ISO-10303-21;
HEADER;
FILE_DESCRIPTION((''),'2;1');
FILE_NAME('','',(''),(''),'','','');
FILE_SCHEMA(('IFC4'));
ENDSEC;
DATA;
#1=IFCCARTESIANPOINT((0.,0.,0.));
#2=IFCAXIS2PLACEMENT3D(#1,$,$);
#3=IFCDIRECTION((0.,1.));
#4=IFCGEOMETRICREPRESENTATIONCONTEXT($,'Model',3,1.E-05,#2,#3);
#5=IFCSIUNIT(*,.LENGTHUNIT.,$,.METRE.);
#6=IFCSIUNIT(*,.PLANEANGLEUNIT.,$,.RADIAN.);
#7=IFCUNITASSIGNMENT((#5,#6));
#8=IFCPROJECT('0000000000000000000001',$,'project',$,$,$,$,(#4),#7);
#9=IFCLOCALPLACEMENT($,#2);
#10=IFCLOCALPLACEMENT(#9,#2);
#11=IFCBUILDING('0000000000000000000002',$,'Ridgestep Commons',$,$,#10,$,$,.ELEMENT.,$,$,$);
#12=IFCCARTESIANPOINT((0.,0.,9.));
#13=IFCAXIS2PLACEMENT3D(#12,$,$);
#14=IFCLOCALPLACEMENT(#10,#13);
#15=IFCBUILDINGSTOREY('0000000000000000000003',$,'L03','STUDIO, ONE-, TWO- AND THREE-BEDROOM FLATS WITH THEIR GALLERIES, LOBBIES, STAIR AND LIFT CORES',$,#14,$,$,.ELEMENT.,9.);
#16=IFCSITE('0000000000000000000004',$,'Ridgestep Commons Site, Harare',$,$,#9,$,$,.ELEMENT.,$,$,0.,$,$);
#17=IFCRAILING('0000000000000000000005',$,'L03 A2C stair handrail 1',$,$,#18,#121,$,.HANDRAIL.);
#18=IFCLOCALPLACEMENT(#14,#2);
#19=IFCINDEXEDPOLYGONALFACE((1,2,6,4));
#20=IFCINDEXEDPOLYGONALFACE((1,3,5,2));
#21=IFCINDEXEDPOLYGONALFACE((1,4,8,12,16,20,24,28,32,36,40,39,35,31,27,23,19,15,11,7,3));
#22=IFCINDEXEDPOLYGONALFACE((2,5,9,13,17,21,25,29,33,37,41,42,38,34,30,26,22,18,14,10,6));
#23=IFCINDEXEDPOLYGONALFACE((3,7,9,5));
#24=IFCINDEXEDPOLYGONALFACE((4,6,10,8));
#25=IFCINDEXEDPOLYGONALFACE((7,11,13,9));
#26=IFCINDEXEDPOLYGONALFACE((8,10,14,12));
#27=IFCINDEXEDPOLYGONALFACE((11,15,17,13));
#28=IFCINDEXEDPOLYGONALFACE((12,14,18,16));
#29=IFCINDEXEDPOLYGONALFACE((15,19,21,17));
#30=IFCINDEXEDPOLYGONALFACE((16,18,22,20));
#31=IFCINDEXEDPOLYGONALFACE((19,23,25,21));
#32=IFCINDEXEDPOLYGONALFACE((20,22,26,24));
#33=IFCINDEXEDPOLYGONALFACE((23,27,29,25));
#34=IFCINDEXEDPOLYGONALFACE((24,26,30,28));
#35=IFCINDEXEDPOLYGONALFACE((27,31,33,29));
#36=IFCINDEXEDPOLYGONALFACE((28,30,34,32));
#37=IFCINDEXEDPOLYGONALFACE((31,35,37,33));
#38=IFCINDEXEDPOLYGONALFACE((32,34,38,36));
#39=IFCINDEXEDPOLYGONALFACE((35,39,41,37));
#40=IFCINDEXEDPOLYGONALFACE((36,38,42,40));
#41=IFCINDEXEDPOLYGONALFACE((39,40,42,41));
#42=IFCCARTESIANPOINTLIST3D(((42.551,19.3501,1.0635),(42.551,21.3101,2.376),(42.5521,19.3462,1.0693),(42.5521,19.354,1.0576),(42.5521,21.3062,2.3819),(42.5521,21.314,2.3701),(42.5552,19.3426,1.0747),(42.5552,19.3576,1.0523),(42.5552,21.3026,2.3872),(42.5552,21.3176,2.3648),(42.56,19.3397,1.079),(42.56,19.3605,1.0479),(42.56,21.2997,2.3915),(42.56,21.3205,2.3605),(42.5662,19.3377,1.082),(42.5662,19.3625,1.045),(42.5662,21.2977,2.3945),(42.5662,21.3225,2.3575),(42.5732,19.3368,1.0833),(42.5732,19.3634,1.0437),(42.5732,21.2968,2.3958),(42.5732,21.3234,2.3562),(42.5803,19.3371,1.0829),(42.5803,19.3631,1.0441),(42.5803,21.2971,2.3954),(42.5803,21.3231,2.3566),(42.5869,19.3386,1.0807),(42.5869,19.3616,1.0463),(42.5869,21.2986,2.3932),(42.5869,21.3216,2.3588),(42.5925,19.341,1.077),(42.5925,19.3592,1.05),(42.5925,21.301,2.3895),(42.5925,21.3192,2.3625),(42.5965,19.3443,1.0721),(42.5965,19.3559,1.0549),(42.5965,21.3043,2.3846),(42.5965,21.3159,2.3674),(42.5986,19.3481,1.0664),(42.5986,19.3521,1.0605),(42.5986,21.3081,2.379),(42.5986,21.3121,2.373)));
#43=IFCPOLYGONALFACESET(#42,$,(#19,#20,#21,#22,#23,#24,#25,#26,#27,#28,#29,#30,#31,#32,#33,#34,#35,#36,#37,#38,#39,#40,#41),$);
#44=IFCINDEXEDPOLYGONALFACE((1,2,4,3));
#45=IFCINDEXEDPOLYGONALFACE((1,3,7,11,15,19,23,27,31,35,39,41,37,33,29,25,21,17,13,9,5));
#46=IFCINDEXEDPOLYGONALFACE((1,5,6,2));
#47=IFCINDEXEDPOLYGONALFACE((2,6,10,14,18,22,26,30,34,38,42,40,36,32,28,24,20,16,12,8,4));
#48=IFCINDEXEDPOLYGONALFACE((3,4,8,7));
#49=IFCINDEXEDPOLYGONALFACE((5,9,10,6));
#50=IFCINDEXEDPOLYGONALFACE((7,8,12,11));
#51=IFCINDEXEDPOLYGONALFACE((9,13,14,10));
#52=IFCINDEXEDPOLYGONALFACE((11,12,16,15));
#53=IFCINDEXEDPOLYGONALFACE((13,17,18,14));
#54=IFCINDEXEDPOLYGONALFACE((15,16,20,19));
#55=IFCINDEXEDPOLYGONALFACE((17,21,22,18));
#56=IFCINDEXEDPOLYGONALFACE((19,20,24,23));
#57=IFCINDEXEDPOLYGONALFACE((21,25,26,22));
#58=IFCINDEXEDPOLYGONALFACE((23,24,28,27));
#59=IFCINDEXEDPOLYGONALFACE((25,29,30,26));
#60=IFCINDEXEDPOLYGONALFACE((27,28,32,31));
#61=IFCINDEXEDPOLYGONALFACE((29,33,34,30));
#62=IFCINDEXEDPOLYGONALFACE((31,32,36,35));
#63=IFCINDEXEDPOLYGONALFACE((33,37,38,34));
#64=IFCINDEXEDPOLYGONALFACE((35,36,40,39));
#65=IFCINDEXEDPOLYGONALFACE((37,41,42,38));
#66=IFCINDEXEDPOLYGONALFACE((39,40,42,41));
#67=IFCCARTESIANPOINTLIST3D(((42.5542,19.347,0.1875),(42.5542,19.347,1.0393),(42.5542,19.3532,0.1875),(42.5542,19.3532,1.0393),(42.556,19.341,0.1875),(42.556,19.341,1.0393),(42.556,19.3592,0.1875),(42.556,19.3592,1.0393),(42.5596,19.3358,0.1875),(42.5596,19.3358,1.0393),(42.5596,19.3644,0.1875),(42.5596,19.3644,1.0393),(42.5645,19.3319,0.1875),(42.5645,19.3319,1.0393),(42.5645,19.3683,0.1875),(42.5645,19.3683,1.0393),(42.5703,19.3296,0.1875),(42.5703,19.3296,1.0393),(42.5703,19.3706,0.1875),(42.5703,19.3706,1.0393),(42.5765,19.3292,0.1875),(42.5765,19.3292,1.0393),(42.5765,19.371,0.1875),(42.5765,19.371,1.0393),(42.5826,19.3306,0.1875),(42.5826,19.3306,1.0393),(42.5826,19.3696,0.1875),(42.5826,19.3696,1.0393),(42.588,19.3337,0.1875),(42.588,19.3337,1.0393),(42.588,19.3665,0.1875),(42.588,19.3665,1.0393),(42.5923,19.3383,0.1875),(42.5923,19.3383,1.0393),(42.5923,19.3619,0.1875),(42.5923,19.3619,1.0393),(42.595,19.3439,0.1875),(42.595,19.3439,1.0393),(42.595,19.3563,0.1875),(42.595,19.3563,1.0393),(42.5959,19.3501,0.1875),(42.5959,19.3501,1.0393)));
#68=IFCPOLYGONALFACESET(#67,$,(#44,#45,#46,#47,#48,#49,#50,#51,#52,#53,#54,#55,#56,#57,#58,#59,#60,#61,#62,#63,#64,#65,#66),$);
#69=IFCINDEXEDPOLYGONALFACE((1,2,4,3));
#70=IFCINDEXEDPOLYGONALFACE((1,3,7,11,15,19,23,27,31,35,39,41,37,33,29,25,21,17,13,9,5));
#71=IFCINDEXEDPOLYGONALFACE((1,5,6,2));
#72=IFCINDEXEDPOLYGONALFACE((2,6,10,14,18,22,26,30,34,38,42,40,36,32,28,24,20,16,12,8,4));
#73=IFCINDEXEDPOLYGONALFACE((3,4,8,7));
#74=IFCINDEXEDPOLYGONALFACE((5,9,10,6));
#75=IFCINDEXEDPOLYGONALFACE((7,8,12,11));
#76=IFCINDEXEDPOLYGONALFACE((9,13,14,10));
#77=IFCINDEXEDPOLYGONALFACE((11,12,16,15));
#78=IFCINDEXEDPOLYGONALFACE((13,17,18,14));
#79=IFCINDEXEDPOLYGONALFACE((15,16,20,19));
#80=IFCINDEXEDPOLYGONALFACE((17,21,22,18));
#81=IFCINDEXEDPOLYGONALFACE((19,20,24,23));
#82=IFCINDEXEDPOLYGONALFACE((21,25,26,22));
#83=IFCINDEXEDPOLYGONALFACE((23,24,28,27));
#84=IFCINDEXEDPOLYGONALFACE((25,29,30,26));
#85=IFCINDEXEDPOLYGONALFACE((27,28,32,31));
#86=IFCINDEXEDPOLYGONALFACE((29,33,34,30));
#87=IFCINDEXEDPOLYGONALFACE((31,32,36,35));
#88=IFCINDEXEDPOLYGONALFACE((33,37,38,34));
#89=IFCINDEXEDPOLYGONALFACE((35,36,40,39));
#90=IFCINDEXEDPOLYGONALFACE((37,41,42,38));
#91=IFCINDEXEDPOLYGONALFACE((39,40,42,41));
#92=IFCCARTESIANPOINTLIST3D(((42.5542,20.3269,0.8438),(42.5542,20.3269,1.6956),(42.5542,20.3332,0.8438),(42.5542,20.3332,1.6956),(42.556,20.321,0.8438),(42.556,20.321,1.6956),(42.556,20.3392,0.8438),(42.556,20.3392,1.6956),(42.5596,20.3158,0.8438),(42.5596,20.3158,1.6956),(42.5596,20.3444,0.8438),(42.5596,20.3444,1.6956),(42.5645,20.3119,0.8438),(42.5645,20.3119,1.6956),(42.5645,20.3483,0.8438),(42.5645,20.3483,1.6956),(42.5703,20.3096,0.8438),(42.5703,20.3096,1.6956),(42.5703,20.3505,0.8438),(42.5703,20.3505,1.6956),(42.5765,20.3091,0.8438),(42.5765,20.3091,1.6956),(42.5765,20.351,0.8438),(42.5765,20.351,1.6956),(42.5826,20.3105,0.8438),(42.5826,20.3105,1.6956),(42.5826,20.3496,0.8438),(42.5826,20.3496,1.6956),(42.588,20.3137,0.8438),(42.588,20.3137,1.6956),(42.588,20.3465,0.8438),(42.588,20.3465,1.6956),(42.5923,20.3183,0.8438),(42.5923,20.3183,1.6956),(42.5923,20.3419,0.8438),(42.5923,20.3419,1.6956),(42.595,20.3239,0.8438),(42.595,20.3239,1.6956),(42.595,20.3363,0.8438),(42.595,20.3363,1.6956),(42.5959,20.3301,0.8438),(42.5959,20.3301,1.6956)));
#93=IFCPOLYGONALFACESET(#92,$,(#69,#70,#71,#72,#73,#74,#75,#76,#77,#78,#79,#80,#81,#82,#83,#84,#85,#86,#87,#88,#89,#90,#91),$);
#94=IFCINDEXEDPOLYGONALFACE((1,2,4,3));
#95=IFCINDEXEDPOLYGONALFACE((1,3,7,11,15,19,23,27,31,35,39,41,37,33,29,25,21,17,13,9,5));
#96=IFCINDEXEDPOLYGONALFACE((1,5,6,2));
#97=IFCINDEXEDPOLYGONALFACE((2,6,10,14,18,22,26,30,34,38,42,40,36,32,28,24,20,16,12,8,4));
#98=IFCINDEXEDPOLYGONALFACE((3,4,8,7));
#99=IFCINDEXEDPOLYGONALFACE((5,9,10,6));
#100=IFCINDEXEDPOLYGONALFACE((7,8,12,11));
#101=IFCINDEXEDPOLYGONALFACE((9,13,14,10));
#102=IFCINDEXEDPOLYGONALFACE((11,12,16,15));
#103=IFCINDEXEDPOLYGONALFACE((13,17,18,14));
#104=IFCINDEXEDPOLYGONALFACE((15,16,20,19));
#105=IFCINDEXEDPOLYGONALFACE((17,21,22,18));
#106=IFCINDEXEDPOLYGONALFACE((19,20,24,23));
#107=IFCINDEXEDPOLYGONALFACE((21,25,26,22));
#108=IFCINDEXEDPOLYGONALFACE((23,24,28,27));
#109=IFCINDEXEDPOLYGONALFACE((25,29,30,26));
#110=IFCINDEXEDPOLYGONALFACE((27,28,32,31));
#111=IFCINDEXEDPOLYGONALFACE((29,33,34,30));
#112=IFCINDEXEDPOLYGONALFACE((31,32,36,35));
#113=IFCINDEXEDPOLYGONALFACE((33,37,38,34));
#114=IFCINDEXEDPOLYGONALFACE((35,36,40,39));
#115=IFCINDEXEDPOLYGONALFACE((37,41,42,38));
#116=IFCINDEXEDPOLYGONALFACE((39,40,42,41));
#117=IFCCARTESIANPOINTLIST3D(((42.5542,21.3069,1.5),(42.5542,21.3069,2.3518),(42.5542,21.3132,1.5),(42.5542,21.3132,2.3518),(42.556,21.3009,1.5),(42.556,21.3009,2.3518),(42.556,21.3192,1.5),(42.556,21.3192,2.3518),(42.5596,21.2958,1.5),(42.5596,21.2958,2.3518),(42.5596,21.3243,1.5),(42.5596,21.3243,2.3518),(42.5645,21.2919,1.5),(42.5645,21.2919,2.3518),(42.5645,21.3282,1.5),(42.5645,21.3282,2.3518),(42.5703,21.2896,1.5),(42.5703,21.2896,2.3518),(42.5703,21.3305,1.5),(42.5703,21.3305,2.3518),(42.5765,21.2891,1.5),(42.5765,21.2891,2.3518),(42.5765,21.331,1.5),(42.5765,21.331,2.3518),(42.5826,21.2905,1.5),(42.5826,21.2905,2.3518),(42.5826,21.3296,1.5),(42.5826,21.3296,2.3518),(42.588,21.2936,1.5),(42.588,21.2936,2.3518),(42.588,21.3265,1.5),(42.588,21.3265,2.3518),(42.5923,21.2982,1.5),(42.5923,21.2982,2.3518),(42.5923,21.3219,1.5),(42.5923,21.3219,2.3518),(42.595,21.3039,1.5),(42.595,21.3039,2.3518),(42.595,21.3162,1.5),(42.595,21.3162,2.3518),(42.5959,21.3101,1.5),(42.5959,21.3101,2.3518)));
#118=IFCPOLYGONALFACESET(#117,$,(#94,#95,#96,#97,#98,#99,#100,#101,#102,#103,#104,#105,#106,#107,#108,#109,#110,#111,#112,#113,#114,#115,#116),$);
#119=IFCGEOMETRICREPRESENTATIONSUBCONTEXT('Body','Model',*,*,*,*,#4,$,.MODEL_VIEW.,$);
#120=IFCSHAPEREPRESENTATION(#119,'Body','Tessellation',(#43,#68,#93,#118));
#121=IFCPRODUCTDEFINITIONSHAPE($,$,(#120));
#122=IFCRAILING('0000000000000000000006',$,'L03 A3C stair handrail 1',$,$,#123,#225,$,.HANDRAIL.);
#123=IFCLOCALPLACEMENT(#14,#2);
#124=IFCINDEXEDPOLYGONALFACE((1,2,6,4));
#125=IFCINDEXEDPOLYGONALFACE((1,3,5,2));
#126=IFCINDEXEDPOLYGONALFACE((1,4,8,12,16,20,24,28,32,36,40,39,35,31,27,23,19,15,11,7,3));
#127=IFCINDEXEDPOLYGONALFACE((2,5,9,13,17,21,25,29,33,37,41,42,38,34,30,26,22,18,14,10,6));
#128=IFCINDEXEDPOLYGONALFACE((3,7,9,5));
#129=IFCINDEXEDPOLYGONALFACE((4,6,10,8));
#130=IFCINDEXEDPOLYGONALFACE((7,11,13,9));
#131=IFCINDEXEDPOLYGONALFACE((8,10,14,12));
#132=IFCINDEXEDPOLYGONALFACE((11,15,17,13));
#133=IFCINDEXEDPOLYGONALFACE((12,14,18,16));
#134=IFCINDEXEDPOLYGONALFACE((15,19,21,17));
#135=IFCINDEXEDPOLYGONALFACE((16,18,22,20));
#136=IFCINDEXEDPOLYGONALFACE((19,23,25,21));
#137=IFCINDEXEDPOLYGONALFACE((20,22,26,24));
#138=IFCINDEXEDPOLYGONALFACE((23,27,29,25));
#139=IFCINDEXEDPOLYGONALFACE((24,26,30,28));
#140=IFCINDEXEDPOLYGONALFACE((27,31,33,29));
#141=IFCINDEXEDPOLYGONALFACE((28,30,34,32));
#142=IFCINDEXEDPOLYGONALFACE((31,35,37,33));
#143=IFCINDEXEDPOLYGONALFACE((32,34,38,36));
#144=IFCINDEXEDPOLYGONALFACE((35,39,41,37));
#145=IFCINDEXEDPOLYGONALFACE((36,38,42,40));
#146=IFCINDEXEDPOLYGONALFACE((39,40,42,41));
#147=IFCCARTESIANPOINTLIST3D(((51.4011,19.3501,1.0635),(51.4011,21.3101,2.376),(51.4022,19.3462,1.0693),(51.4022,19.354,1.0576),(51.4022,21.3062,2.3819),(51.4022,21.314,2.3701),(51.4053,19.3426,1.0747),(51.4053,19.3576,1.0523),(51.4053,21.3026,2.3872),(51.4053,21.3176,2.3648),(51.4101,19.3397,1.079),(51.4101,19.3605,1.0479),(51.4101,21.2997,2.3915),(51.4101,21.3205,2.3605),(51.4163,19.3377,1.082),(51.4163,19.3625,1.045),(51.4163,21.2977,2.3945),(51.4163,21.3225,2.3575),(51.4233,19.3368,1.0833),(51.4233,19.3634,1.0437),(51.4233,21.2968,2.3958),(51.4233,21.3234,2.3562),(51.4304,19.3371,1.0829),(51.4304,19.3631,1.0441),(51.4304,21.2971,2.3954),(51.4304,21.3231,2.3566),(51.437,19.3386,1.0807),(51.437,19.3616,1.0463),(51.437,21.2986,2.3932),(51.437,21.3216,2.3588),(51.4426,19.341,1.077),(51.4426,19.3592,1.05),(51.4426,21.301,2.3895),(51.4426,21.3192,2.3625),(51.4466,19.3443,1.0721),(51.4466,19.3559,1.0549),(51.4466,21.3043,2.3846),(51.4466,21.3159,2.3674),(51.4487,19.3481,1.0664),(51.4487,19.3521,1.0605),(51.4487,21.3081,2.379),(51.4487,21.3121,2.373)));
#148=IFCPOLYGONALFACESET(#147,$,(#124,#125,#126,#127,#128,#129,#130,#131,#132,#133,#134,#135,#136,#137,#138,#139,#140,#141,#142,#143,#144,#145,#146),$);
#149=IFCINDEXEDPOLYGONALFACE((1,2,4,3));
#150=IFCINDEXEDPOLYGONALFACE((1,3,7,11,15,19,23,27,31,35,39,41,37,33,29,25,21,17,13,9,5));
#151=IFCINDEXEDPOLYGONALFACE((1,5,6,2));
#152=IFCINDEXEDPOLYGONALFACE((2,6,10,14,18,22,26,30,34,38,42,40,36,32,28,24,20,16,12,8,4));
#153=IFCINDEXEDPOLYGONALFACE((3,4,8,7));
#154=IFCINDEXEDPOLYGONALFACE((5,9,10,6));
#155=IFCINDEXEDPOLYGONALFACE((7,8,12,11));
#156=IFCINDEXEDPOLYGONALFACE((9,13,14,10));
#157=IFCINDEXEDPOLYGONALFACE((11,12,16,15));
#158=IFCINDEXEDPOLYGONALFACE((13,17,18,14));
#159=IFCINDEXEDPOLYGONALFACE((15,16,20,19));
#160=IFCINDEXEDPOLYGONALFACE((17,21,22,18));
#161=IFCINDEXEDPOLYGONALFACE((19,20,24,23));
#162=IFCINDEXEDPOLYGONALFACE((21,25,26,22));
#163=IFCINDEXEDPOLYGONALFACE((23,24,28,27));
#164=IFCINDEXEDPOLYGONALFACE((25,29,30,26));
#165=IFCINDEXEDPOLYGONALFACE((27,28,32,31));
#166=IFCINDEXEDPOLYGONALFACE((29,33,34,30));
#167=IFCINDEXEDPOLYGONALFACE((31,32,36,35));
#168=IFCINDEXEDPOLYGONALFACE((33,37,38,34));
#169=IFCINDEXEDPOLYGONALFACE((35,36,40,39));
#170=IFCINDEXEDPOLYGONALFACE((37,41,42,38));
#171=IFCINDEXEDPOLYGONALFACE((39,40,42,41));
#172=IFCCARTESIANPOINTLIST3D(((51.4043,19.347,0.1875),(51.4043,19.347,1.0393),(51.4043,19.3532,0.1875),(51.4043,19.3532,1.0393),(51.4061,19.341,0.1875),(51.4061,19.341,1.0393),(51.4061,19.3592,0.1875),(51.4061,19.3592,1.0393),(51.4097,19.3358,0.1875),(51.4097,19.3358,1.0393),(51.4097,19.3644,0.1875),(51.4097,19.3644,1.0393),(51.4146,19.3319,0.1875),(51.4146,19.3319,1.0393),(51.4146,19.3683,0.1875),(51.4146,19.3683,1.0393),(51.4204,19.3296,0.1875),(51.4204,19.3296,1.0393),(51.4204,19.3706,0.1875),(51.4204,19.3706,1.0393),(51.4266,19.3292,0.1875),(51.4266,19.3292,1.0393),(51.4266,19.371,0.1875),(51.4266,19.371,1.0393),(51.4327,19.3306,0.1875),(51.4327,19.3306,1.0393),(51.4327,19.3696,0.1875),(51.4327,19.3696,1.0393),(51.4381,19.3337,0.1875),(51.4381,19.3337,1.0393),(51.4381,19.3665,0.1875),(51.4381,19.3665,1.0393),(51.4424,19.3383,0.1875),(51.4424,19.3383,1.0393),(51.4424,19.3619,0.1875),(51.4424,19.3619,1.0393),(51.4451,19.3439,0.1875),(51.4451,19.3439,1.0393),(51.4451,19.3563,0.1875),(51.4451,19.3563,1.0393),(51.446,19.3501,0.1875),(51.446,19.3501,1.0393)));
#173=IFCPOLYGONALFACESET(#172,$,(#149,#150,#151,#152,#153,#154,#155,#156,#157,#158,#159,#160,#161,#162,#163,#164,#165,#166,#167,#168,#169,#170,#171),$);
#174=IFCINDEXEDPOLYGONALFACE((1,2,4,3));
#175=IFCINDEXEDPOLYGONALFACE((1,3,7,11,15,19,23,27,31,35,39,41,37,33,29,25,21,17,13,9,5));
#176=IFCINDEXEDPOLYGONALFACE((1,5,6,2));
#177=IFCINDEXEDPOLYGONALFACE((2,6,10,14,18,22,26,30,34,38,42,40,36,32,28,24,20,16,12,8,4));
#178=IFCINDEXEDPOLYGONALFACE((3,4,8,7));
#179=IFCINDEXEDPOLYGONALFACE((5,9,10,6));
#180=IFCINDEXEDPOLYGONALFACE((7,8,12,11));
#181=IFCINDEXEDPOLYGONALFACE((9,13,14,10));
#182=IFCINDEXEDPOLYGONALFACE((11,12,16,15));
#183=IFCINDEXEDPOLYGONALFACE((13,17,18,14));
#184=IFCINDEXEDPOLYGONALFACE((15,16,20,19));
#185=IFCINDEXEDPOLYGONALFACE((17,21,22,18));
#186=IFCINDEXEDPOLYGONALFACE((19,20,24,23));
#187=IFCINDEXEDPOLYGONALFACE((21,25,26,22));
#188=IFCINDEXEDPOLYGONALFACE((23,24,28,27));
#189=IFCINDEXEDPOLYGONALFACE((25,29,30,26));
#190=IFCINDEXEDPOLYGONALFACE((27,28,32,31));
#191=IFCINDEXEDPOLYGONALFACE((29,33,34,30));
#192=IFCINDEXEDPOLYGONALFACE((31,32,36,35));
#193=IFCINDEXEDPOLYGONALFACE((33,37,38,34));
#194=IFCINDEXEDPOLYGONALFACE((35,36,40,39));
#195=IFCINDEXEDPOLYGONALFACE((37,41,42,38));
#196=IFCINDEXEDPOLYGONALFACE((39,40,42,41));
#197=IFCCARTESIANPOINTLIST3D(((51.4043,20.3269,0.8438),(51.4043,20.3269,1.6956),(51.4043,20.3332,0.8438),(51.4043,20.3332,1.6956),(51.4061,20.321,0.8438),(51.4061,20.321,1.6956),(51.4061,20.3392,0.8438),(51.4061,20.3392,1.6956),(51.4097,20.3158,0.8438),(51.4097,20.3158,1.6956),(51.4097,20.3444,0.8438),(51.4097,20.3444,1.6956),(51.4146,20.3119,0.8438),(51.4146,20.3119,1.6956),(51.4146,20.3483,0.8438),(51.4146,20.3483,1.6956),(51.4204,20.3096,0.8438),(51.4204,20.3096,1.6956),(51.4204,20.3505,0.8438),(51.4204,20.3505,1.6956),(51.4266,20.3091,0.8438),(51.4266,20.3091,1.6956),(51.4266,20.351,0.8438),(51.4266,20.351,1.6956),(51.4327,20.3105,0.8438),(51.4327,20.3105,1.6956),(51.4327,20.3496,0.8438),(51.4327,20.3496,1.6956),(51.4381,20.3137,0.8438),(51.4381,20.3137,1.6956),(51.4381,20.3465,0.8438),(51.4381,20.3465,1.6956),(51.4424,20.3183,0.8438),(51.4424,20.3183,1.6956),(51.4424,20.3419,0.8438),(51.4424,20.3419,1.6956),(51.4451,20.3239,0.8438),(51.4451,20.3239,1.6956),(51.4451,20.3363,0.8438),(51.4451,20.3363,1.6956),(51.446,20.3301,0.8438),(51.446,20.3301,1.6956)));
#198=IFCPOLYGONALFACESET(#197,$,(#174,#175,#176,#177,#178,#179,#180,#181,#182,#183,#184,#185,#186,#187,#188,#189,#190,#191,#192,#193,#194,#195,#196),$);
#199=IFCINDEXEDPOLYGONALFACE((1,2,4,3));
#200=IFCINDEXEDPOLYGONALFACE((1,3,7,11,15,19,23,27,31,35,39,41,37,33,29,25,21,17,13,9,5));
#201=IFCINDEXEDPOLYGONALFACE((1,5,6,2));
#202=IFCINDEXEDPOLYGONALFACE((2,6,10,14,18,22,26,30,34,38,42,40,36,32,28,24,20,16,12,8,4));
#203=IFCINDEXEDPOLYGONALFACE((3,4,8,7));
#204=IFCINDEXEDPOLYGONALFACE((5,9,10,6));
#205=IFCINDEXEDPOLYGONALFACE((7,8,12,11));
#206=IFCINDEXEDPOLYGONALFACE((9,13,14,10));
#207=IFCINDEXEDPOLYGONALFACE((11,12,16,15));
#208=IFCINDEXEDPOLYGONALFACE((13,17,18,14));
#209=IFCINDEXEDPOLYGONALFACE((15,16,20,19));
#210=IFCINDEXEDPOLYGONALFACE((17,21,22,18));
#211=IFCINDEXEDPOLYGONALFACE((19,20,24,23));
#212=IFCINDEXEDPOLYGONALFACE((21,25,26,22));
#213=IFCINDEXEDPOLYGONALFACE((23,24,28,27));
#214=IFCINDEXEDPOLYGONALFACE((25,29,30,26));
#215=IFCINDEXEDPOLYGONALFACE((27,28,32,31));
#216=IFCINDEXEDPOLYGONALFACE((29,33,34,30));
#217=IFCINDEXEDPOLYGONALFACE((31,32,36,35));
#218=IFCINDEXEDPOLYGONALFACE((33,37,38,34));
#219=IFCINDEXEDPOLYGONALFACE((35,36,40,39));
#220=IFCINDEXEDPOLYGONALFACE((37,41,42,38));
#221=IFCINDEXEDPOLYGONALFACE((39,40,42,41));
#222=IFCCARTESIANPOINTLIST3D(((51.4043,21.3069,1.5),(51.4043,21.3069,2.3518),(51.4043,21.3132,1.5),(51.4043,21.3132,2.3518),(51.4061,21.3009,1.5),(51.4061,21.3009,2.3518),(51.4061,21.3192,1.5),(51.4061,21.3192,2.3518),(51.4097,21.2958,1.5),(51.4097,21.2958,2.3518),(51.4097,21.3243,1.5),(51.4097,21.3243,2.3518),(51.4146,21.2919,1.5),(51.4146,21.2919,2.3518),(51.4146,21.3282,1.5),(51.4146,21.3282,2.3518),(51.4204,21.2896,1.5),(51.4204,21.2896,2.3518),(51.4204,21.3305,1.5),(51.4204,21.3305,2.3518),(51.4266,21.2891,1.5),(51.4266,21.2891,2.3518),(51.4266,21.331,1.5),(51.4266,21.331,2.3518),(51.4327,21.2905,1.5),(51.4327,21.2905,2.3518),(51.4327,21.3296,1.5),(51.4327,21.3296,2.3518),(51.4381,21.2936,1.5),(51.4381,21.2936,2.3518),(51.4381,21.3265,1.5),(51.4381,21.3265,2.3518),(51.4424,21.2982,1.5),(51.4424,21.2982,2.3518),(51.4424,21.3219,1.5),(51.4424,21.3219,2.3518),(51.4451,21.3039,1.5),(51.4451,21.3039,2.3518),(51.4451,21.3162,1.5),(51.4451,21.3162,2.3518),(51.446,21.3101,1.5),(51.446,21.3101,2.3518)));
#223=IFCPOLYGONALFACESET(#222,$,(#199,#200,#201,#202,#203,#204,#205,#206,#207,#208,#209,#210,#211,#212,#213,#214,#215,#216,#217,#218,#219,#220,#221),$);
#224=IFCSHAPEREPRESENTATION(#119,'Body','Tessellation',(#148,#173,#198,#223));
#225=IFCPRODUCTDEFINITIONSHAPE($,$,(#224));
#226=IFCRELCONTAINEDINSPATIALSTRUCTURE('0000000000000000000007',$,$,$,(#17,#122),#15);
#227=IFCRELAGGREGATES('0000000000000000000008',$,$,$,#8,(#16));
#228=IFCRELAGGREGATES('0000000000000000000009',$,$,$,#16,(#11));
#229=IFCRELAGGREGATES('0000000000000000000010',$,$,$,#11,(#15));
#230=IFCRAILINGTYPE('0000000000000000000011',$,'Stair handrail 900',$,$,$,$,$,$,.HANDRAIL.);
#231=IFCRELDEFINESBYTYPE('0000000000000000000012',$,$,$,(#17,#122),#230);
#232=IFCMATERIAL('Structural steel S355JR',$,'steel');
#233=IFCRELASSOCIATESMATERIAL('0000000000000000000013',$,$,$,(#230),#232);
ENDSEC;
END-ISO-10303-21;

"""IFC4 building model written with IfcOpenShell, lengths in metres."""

from ifc_helpers import new_model, si_unit, direction, frame, origin, origin_2d, place, context, subcontext, project, spatial, circle, extrude, material, type_object, element, save


model = new_model("IFC4")

# Units and contexts
model_context = context("Model", 3, precision=1e-05, world=origin(), true_north=direction((0.0, 1.0)))
body_context = subcontext(model_context, "Body", "Model", "MODEL_VIEW")
ifc_project = project(units=[si_unit("LENGTHUNIT", "METRE"), si_unit("PLANEANGLEUNIT", "RADIAN")], contexts=[model_context])

# Site, building, storey
site_placement = place(None, origin())
site = spatial("IfcSite", under=ifc_project, at=site_placement, Name="Ridgestep Commons Site, Harare", CompositionType="ELEMENT", RefElevation=0.0)
building_placement = place(site_placement, origin())
building = spatial("IfcBuilding", under=site, at=building_placement, Name="Ridgestep Commons", CompositionType="ELEMENT")
storey_placement = place(building_placement, frame((0.0, 0.0, 9.0)))
storey = spatial("IfcBuildingStorey", under=building, at=storey_placement, Name="L03", Description="STUDIO, ONE-, TWO- AND THREE-BEDROOM FLATS WITH THEIR GALLERIES, LOBBIES, STAIR AND LIFT CORES", CompositionType="ELEMENT", Elevation=9.0)

# Railings
ifc_material_1 = material(Name="Structural steel S355JR", Category="steel")
railing_type_1 = type_object("IfcRailingType", Name="Stair handrail 900", PredefinedType="HANDRAIL", material=ifc_material_1)
for number, where, name in (
    (1, (42.575, 19.3501, 0.1875), "L03 A2C stair handrail 1"),
    (2, (51.425, 19.3501, 0.1875), "L03 A3C stair handrail 1"),
):
    element("IfcRailing", number, at=place(storey_placement, frame(where)), inside=storey, type_object=railing_type_1, Name=name, PredefinedType="HANDRAIL", context=body_context, shape_type="SweptSolid", body=[
        extrude(circle(Radius=0.0239, at=origin_2d()), frame((0.0, 0.0, 0.876), z_axis=(0.0, 0.830902, 0.556419), x_axis=(-1.0, 0.0, 0.0)), (0.0, 0.0, 1.0), 2.3589),
        extrude(circle(Radius=0.021, at=origin_2d()), origin(), (0.0, 0.0, 1.0), 0.8518),
        extrude(circle(Radius=0.021, at=origin_2d()), frame((0.0, 0.98, 0.6562)), (0.0, 0.0, 1.0), 0.8518),
        extrude(circle(Radius=0.021, at=origin_2d()), frame((0.0, 1.96, 1.3125)), (0.0, 0.0, 1.0), 0.8518),
    ])

save(model, "model.ifc")
